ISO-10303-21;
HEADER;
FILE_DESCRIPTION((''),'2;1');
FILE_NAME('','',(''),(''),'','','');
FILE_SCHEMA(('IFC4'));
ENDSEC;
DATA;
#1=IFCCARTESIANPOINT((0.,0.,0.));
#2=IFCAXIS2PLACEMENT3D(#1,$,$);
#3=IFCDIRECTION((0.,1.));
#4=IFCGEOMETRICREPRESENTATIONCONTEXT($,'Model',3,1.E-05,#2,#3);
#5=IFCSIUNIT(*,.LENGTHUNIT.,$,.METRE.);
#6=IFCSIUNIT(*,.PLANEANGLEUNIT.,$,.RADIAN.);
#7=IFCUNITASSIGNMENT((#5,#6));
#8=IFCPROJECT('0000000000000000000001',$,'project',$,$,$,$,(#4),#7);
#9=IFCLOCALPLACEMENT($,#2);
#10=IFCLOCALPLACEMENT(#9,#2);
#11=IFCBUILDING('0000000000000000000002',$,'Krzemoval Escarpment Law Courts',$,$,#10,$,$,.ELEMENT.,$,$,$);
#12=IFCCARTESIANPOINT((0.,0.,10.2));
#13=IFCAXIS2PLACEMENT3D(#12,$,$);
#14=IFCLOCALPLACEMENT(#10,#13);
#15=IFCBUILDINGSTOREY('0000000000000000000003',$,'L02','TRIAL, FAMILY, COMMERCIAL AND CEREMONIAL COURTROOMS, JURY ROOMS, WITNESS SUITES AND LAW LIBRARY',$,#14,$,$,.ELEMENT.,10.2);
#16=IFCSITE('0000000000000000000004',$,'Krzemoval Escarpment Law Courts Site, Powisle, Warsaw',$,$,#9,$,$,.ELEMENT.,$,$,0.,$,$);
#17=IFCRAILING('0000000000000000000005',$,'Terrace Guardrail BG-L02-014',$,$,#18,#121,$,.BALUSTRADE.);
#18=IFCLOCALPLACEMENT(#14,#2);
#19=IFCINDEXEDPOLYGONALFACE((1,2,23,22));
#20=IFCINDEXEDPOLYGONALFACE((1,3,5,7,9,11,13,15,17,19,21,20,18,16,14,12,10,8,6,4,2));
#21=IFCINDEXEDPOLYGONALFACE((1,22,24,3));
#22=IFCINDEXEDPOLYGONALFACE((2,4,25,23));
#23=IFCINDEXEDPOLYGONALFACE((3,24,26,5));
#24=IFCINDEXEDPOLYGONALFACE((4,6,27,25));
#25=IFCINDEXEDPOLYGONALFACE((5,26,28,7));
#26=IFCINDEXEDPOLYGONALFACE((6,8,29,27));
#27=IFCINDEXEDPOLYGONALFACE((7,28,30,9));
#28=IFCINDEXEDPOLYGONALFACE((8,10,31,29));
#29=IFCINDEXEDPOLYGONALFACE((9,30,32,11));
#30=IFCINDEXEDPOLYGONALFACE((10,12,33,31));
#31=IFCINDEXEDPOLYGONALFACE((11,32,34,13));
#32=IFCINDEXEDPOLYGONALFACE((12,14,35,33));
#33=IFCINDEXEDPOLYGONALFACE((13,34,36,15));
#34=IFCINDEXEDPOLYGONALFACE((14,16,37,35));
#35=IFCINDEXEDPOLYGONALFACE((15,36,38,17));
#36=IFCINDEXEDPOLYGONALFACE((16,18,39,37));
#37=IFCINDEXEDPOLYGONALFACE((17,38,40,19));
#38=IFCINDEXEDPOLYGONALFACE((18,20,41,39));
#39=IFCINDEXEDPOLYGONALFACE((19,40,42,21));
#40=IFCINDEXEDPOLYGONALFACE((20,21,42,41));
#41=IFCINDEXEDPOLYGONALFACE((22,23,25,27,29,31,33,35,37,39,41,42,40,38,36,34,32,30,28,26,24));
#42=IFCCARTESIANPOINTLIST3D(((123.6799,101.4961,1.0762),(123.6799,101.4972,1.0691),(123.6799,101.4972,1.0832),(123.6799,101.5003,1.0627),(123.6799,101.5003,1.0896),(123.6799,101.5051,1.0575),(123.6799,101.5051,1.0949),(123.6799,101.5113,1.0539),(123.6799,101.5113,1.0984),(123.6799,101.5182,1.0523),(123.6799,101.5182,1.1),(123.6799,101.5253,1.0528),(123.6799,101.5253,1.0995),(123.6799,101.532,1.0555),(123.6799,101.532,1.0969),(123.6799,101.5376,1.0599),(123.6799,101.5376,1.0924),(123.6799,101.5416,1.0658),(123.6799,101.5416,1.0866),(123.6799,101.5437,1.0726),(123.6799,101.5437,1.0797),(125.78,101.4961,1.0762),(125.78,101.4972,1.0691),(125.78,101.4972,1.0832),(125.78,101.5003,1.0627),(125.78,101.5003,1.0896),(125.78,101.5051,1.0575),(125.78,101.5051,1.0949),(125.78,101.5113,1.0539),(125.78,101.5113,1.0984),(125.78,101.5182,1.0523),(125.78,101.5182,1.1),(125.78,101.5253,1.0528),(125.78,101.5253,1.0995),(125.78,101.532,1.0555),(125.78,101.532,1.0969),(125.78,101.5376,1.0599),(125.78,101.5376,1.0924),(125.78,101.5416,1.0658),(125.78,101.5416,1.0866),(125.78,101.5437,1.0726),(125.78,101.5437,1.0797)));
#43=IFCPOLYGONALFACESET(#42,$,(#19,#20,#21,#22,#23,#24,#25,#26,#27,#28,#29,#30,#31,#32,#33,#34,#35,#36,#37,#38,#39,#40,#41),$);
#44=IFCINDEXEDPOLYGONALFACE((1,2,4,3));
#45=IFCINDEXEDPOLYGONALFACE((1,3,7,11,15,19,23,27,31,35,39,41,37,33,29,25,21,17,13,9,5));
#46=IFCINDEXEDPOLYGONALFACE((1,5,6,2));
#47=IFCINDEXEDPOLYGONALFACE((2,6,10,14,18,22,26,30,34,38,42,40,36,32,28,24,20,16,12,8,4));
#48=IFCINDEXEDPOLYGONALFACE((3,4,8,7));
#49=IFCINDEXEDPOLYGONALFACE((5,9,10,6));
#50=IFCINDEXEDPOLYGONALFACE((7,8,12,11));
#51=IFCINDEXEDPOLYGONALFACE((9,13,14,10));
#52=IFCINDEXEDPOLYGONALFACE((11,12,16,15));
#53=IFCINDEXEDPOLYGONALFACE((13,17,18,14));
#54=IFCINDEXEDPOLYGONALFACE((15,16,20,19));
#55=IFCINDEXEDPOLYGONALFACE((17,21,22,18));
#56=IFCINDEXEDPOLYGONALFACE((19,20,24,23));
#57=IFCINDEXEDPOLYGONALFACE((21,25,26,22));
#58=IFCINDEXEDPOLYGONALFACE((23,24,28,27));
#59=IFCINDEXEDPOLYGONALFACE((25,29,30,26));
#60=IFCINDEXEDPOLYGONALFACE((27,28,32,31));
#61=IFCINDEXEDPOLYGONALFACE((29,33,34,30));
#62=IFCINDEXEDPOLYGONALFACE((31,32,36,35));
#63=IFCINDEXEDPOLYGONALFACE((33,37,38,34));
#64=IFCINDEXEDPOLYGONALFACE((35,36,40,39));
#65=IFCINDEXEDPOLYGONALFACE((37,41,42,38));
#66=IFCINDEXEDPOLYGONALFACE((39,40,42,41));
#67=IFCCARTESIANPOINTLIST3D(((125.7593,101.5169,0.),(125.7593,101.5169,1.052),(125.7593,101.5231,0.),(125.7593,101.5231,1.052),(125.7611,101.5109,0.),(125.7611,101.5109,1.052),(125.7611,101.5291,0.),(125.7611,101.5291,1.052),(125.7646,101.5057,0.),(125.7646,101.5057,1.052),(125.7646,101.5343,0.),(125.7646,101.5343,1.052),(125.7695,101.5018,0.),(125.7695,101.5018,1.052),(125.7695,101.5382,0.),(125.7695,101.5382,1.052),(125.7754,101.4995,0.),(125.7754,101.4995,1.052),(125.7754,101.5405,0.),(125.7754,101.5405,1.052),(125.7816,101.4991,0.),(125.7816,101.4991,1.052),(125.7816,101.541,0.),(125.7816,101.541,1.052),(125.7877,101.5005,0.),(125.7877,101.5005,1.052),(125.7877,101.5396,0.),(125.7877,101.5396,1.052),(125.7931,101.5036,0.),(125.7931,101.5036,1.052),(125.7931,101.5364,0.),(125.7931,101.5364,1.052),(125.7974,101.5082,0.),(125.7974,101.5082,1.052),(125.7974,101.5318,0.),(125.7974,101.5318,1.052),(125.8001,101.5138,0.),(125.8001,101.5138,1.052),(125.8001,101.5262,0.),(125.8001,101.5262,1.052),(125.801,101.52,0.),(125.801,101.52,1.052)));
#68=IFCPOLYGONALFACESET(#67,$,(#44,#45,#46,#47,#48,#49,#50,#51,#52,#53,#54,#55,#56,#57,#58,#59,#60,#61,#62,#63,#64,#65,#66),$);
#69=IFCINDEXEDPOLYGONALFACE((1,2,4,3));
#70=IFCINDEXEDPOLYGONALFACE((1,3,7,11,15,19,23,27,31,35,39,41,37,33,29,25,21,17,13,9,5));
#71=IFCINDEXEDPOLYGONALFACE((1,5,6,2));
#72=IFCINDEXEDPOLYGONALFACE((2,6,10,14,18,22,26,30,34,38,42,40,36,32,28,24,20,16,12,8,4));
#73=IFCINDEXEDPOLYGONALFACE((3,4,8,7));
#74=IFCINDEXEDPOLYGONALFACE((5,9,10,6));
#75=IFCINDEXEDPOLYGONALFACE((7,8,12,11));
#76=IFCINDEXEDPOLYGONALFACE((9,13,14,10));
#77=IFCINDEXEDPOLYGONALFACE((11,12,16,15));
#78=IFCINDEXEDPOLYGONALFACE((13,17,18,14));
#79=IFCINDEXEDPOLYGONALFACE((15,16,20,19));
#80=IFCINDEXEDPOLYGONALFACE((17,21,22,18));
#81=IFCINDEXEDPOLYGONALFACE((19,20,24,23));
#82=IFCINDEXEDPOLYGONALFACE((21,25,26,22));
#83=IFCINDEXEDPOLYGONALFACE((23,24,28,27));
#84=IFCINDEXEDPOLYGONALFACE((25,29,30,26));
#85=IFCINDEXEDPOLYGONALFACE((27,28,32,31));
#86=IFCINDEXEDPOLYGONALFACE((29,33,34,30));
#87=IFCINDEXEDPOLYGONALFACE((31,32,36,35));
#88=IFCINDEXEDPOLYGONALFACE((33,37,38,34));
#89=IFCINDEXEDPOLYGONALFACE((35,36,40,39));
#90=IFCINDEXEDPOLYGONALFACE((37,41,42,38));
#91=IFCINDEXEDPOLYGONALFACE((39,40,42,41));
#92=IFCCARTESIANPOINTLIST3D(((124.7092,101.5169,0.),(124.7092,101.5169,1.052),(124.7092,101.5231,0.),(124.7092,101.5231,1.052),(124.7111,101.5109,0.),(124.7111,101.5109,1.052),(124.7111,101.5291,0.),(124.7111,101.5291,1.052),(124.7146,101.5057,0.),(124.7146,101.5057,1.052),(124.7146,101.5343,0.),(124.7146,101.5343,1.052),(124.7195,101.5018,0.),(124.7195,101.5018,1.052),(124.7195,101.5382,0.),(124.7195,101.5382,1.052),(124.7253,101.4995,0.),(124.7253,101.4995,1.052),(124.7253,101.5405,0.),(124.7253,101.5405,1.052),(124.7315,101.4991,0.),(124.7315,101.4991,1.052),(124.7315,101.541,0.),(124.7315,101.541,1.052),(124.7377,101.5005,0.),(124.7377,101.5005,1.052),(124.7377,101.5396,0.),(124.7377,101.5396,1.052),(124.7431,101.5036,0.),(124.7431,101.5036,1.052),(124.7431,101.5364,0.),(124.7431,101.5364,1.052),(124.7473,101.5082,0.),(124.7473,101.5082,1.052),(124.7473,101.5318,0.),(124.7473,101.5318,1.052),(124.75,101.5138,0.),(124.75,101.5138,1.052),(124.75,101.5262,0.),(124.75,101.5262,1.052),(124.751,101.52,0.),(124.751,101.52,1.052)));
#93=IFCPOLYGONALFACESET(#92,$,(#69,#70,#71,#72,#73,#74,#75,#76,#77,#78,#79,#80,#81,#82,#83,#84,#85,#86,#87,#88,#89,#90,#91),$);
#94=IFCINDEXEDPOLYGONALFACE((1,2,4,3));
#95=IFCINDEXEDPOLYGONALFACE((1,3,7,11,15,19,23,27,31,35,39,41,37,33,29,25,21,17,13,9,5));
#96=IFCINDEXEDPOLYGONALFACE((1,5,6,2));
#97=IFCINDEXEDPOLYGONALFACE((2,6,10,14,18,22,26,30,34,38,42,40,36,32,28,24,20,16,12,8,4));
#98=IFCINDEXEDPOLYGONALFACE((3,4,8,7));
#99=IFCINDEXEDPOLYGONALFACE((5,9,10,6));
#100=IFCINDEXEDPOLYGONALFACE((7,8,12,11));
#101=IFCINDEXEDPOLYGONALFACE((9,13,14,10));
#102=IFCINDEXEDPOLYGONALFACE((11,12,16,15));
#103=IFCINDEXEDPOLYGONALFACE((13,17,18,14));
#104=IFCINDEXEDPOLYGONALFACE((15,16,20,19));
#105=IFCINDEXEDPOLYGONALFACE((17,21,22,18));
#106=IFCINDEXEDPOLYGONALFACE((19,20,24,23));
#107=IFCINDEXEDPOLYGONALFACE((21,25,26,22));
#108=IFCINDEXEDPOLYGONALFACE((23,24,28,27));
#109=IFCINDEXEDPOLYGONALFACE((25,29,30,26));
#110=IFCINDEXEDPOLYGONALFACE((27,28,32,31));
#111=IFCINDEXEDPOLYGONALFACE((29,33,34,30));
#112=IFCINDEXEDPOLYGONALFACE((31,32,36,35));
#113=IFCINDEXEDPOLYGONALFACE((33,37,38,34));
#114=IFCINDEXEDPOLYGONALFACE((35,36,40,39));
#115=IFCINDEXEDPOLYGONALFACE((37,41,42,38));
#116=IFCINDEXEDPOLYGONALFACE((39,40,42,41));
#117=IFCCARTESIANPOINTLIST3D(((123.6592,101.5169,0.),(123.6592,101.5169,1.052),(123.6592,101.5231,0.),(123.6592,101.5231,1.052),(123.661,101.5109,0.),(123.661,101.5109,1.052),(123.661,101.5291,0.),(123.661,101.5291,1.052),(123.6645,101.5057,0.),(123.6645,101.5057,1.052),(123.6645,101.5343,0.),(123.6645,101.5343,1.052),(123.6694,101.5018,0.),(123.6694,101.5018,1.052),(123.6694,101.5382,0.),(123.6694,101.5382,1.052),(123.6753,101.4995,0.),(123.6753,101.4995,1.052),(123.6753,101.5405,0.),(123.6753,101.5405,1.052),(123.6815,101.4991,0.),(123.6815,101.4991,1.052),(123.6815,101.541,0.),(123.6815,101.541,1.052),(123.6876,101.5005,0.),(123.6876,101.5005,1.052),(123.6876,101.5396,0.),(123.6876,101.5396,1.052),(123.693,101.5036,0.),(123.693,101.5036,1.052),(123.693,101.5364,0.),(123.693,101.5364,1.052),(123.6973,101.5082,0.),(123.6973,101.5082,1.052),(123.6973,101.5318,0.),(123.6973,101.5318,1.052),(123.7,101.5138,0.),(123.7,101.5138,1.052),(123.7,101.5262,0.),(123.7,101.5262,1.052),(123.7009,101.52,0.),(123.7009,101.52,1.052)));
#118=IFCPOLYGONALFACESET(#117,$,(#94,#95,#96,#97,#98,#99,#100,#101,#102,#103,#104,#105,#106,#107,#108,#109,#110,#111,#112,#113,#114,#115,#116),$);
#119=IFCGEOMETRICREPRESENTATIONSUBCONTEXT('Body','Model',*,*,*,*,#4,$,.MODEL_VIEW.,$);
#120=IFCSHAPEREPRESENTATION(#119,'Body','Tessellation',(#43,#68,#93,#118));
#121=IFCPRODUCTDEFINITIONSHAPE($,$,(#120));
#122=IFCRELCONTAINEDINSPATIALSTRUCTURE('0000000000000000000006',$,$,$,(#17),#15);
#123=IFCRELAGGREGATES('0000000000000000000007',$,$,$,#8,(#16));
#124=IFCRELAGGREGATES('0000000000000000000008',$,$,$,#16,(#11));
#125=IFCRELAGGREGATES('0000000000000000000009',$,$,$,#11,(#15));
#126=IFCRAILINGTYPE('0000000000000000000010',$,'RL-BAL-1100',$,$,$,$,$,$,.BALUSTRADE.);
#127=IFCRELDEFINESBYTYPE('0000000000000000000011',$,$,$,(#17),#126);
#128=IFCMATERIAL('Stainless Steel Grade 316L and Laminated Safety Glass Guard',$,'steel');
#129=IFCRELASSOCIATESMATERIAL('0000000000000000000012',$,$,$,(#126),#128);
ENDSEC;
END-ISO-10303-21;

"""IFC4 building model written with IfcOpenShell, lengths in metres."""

from ifc_helpers import new_model, si_unit, direction, frame, origin, origin_2d, place, context, subcontext, project, spatial, circle, extrude, material, type_object, element, save


model = new_model("IFC4")

# Units and contexts
model_context = context("Model", 3, precision=1e-05, world=origin(), true_north=direction((0.0, 1.0)))
body_context = subcontext(model_context, "Body", "Model", "MODEL_VIEW")
ifc_project = project(units=[si_unit("LENGTHUNIT", "METRE"), si_unit("PLANEANGLEUNIT", "RADIAN")], contexts=[model_context])

# Site, building, storey
site_placement = place(None, origin())
site = spatial("IfcSite", under=ifc_project, at=site_placement, Name="Krzemoval Escarpment Law Courts Site, Powisle, Warsaw", CompositionType="ELEMENT", RefElevation=0.0)
building_placement = place(site_placement, origin())
building = spatial("IfcBuilding", under=site, at=building_placement, Name="Krzemoval Escarpment Law Courts", CompositionType="ELEMENT")
storey_placement = place(building_placement, frame((0.0, 0.0, 10.2)))
storey = spatial("IfcBuildingStorey", under=building, at=storey_placement, Name="L02", Description="TRIAL, FAMILY, COMMERCIAL AND CEREMONIAL COURTROOMS, JURY ROOMS, WITNESS SUITES AND LAW LIBRARY", CompositionType="ELEMENT", Elevation=10.2)

# Railing
ifc_material_1 = material(Name="Stainless Steel Grade 316L and Laminated Safety Glass Guard", Category="steel")
railing_type = type_object("IfcRailingType", Name="RL-BAL-1100", PredefinedType="BALUSTRADE", material=ifc_material_1)
railing_1_placement = place(storey_placement, frame((125.78, 101.52, 0.0)))
element("IfcRailing", 1, at=railing_1_placement, inside=storey, type_object=railing_type, Name="Terrace Guardrail BG-L02-014", PredefinedType="BALUSTRADE", context=body_context, shape_type="SweptSolid", body=[
    extrude(circle(Radius=0.0239, at=origin_2d()), frame((0.0, 0.0, 1.0762), z_axis=(-1.0, 0.0, 0.0), x_axis=(0.0, -1.0, 0.0)), (0.0, 0.0, 1.0), 2.1001),
    extrude(circle(Radius=0.021, at=origin_2d()), origin(), (0.0, 0.0, 1.0), 1.052),
    extrude(circle(Radius=0.021, at=origin_2d()), frame((-1.05, 0.0, 0.0)), (0.0, 0.0, 1.0), 1.052),
    extrude(circle(Radius=0.021, at=origin_2d()), frame((-2.1001, 0.0, 0.0)), (0.0, 0.0, 1.0), 1.052),
])

save(model, "model.ifc")
